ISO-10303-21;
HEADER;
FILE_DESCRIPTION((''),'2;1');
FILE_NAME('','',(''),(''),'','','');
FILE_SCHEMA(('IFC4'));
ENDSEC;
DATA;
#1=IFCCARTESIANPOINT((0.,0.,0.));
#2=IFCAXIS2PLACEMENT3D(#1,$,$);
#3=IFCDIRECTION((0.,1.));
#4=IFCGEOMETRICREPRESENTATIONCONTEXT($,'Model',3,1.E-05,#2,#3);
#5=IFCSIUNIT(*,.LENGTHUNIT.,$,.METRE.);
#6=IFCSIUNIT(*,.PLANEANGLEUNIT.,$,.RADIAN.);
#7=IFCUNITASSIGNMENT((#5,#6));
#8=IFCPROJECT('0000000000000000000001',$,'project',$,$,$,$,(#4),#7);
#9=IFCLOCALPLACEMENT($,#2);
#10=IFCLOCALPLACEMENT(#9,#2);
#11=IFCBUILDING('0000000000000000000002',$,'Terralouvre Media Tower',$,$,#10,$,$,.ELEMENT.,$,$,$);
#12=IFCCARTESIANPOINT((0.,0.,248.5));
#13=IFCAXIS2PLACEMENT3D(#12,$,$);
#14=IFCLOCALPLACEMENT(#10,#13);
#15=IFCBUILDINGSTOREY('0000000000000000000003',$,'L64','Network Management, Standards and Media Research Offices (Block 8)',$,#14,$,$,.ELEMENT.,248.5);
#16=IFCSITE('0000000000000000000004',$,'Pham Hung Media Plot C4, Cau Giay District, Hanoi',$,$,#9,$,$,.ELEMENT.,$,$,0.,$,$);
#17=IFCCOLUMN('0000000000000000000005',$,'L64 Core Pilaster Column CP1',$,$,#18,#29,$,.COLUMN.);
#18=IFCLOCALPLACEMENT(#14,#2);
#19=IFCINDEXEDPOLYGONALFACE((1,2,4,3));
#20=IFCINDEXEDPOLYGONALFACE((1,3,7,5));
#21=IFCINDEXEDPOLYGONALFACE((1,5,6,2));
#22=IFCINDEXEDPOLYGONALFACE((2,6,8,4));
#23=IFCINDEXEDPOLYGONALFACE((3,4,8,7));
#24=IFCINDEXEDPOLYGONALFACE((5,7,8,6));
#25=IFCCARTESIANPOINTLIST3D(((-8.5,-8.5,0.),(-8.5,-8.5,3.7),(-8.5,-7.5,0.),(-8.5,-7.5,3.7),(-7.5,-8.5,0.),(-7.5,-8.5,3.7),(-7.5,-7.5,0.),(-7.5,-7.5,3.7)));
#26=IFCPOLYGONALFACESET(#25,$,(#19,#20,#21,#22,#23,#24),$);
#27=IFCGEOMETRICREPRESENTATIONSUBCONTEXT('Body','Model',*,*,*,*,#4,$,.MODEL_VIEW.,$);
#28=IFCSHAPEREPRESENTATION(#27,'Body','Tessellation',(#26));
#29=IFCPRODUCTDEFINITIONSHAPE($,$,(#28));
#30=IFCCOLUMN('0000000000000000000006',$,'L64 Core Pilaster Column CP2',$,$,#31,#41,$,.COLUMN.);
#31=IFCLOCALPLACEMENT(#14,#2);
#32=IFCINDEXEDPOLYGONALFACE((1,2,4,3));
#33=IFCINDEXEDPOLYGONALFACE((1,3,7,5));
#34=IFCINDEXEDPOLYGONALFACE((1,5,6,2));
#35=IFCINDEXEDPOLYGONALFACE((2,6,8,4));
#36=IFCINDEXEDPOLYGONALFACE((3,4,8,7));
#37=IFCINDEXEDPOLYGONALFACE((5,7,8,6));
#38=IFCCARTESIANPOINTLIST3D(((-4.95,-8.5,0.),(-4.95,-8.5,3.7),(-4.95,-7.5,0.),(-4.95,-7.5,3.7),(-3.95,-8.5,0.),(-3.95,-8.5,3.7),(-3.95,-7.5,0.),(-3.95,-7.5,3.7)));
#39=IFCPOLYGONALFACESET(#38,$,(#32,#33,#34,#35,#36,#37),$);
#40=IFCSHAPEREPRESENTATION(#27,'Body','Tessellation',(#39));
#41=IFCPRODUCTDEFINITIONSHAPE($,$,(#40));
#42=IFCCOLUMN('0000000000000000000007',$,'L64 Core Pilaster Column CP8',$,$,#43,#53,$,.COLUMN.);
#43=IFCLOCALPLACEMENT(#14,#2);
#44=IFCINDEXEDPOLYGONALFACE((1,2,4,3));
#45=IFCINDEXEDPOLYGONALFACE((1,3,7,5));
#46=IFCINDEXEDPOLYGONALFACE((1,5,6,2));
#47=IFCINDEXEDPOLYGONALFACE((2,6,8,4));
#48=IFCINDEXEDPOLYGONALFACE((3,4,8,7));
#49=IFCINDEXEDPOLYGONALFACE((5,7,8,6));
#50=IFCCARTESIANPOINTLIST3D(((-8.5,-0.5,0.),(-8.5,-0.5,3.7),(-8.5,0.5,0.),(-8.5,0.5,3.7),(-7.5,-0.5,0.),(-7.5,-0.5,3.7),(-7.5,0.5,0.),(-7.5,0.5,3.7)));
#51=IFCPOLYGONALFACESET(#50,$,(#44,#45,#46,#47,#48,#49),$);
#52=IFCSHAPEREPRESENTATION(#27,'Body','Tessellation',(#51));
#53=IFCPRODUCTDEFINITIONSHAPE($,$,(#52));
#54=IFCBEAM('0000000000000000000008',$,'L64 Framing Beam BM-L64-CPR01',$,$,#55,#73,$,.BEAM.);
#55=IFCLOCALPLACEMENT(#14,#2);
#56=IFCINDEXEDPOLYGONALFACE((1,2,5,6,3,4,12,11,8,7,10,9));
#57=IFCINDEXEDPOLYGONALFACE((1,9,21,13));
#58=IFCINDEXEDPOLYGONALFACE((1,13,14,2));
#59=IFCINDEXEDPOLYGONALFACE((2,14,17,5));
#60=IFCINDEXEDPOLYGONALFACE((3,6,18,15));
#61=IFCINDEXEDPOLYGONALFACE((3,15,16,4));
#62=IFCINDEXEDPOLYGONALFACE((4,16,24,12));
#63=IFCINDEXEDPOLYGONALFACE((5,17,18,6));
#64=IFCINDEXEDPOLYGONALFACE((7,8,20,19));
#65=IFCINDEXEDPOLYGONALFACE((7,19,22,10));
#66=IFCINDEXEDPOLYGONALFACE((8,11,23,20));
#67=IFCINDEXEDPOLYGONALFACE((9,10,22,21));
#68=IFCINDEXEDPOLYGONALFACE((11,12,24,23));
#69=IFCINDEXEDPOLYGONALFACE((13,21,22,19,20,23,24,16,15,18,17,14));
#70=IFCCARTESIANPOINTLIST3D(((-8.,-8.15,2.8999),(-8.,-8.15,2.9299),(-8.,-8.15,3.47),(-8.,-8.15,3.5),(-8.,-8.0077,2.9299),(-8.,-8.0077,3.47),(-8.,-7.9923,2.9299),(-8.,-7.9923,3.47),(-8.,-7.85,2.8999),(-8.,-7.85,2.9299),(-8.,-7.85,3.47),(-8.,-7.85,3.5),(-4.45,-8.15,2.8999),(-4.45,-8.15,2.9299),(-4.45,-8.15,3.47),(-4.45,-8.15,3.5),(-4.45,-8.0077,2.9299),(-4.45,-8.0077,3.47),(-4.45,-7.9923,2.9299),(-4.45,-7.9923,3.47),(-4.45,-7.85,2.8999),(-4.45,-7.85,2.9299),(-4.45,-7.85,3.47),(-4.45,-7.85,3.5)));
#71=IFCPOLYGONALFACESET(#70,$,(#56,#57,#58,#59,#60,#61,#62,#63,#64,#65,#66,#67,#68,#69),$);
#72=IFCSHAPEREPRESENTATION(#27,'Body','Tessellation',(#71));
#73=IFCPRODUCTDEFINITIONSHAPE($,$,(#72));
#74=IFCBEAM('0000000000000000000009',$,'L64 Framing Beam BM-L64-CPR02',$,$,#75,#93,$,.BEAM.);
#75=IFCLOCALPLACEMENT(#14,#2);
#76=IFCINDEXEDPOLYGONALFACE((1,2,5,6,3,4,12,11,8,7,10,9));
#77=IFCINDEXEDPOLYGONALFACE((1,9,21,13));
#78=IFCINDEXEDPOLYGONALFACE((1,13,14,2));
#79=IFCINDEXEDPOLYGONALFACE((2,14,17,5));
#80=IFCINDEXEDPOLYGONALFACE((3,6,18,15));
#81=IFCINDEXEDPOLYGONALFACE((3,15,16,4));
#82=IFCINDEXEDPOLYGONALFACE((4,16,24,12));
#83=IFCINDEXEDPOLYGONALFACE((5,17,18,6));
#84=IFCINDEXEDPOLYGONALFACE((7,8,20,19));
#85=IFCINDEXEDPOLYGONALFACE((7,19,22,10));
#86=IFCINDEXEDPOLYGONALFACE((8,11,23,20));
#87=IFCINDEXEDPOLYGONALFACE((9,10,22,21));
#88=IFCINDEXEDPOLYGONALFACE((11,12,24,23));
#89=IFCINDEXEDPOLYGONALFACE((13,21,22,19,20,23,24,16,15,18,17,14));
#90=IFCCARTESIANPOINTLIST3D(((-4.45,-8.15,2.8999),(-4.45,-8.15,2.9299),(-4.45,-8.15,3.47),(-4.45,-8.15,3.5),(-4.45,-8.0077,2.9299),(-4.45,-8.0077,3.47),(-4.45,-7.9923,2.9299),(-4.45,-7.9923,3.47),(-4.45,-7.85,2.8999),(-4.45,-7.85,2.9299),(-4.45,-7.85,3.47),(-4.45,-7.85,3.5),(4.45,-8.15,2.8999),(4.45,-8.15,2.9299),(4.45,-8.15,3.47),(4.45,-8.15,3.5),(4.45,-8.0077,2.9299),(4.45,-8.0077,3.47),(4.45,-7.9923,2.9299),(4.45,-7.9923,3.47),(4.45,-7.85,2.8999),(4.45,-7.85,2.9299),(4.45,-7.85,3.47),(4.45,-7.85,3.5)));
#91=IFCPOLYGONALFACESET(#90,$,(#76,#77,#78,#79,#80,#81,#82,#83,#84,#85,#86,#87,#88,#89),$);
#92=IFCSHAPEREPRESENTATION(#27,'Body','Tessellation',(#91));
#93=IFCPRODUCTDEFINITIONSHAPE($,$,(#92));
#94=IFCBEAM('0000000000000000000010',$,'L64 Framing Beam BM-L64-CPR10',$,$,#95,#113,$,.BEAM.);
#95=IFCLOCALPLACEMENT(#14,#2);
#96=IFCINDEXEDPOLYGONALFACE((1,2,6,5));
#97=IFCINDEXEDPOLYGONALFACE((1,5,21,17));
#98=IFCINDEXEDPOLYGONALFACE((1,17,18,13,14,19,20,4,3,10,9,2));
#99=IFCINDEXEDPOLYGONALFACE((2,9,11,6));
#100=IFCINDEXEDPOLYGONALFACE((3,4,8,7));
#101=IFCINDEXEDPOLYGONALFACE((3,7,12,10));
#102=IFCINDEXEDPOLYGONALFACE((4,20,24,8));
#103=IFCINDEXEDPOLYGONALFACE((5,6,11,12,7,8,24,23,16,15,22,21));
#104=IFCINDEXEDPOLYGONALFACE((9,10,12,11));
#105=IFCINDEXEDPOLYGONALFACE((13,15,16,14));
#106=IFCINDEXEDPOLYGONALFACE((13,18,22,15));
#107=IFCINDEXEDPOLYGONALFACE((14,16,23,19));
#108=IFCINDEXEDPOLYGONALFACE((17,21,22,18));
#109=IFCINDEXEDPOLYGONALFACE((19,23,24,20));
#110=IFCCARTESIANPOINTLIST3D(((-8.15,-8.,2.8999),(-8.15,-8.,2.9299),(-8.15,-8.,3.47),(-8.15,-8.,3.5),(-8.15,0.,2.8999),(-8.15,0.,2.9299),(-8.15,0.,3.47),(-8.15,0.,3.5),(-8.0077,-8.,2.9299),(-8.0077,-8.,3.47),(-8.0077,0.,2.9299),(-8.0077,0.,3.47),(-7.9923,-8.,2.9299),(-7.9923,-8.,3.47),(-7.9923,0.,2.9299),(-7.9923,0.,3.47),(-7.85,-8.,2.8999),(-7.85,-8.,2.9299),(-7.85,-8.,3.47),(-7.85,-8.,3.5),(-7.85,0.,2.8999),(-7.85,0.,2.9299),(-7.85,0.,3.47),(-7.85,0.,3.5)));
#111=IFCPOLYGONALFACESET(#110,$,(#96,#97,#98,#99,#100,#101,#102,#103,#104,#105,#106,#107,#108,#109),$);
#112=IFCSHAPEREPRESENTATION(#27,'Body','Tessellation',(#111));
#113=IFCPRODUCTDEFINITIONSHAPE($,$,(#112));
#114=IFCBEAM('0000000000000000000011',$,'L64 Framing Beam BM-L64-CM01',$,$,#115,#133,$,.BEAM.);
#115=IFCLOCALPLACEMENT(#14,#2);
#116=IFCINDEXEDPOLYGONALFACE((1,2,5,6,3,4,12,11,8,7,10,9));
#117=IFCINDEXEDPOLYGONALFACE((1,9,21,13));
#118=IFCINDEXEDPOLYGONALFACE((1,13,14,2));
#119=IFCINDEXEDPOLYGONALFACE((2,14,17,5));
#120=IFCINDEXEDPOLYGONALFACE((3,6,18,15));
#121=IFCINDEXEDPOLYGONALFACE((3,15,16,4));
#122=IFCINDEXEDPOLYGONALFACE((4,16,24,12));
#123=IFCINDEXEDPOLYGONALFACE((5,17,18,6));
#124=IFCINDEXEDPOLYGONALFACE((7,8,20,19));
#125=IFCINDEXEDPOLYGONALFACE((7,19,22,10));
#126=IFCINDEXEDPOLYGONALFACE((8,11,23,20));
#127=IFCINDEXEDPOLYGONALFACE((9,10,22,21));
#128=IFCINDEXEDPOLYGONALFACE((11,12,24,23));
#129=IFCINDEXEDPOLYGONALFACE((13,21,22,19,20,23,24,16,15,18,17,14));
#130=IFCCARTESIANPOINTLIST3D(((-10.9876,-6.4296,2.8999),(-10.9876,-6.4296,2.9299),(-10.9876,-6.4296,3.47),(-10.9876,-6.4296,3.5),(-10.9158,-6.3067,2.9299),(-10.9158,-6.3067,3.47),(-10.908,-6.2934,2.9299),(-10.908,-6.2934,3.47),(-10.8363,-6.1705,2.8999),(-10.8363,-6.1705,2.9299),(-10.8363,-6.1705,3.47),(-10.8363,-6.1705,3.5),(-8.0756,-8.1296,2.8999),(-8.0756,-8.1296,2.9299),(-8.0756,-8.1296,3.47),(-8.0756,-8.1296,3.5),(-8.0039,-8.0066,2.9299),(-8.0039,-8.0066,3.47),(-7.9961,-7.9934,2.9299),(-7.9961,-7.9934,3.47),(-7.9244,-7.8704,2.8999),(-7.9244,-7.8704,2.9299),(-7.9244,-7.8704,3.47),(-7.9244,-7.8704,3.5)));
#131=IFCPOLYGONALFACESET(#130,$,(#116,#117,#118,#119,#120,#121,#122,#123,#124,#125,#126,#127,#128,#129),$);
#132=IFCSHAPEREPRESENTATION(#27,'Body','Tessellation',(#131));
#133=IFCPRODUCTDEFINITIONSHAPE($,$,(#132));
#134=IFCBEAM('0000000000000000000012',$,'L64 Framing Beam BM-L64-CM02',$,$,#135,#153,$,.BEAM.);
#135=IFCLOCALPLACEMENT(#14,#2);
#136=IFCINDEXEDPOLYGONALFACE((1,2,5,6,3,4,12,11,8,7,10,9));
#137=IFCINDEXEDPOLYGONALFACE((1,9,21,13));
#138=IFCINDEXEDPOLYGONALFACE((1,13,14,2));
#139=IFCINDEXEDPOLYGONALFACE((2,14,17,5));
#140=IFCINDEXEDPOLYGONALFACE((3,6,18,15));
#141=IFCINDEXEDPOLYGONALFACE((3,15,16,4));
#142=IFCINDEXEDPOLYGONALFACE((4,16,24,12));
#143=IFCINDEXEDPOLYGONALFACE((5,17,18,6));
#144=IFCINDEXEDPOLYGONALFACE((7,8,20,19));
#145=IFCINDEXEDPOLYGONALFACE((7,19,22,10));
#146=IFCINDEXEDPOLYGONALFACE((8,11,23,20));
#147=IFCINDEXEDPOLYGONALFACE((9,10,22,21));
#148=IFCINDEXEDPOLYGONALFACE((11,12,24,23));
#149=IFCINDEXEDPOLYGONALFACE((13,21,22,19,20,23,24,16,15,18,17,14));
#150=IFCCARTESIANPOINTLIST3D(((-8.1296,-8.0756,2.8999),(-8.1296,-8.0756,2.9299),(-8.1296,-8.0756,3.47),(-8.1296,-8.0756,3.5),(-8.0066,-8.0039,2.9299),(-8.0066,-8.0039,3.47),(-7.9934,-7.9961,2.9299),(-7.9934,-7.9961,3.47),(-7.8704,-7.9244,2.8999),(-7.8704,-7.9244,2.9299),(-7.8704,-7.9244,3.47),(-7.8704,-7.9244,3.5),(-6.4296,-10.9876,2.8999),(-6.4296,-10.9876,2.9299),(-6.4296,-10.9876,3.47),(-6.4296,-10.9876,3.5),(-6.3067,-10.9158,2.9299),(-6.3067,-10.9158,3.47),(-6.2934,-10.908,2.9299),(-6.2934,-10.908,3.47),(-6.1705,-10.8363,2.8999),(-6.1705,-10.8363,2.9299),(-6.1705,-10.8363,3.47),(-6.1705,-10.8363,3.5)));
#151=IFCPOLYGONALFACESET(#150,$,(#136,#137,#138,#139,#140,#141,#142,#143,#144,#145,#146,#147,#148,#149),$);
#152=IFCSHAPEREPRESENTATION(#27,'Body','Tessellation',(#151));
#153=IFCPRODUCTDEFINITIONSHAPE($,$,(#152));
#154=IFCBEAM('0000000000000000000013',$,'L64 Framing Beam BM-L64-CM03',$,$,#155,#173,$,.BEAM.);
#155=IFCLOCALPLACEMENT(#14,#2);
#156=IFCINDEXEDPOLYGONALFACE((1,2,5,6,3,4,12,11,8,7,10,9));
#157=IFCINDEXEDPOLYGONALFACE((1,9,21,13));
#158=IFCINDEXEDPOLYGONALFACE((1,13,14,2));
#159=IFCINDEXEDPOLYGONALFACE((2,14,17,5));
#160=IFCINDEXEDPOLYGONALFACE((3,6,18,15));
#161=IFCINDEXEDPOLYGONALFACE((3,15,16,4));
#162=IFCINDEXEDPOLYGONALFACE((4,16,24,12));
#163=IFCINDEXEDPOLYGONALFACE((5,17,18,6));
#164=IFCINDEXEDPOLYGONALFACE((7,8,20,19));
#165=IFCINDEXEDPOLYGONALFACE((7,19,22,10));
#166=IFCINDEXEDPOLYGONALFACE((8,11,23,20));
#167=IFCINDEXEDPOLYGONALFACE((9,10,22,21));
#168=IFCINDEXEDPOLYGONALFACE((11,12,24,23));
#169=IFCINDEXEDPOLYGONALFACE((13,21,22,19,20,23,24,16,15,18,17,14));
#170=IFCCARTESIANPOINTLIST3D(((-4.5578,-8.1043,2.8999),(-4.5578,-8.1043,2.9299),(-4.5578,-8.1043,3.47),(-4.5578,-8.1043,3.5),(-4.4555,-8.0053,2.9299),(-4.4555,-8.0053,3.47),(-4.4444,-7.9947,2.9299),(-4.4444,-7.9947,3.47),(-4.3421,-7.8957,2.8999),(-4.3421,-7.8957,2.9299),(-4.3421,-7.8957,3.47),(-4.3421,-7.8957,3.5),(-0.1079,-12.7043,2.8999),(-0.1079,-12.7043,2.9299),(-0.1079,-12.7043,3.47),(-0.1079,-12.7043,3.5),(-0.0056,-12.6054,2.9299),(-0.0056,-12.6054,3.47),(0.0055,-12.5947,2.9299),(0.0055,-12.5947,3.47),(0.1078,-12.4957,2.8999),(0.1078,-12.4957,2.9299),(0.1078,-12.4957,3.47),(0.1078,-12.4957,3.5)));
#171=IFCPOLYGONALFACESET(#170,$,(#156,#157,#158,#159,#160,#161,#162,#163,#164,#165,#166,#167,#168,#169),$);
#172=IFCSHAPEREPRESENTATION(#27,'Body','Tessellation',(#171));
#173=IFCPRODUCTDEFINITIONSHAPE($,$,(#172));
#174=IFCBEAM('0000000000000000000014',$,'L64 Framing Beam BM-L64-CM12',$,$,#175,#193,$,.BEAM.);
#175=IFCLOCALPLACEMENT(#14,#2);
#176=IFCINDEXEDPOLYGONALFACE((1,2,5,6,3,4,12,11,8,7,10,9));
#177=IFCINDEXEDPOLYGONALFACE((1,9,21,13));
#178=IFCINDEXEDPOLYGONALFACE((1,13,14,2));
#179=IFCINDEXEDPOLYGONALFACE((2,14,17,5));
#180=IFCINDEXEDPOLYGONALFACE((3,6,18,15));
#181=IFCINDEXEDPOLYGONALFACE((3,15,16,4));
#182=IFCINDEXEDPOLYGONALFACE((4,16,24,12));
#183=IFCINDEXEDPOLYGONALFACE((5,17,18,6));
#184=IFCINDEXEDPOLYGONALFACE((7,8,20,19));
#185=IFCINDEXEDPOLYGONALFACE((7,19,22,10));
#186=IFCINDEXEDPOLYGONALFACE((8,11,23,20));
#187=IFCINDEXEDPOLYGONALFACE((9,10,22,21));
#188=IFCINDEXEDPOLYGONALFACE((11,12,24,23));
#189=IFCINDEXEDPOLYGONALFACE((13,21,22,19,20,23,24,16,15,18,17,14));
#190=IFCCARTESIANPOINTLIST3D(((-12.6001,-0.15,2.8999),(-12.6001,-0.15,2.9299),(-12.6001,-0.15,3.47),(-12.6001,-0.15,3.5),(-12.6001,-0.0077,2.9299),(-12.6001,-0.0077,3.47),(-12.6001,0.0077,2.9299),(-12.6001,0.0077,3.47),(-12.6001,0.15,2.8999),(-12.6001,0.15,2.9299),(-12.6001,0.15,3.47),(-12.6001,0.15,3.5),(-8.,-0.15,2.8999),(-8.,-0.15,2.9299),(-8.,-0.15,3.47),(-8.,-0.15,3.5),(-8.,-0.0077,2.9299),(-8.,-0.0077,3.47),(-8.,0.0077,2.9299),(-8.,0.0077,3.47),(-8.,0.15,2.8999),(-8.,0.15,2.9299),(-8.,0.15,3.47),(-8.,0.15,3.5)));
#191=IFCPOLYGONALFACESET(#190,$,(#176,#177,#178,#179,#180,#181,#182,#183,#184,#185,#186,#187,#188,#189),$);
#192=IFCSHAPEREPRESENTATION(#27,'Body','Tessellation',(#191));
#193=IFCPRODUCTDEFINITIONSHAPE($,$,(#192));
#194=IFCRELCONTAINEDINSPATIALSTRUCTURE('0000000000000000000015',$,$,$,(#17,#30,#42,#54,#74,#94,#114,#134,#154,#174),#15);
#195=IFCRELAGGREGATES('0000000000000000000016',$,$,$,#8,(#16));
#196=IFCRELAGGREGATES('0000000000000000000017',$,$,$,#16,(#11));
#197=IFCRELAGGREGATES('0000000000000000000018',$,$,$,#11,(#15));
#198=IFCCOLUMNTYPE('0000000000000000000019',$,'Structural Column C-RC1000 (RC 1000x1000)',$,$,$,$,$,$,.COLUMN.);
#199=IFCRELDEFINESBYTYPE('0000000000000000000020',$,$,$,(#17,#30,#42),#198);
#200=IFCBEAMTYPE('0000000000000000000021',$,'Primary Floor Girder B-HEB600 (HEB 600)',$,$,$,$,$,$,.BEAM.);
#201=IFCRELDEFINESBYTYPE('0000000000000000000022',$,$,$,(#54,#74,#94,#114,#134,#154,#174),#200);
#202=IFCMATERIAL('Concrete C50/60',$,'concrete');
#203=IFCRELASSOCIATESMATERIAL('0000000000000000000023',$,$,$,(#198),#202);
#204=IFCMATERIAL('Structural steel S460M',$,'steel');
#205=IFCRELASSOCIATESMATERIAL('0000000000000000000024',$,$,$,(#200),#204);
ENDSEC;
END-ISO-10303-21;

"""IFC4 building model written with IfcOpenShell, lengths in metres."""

from ifc_helpers import new_model, si_unit, direction, frame, origin, origin_2d, place, context, subcontext, project, spatial, rectangle, i_section, extrude, material, material_profile, profile_set, type_object, element, save


model = new_model("IFC4")

# Units and contexts
model_context = context("Model", 3, precision=1e-05, world=origin(), true_north=direction((0.0, 1.0)))
body_context = subcontext(model_context, "Body", "Model", "MODEL_VIEW")
ifc_project = project(units=[si_unit("LENGTHUNIT", "METRE"), si_unit("PLANEANGLEUNIT", "RADIAN")], contexts=[model_context])

# Site, building, storey
site_placement = place(None, origin())
site = spatial("IfcSite", under=ifc_project, at=site_placement, Name="Pham Hung Media Plot C4, Cau Giay District, Hanoi", CompositionType="ELEMENT", RefElevation=0.0)
building_placement = place(site_placement, origin())
building = spatial("IfcBuilding", under=site, at=building_placement, Name="Terralouvre Media Tower", CompositionType="ELEMENT")
storey_placement = place(building_placement, frame((0.0, 0.0, 248.5)))
storey = spatial("IfcBuildingStorey", under=building, at=storey_placement, Name="L64", Description="Network Management, Standards and Media Research Offices (Block 8)", CompositionType="ELEMENT", Elevation=248.5)

# Columns
ifc_material_1 = material(Name="Concrete C50/60", Category="concrete")
ifc_material_profile_1 = material_profile(ifc_material_1, rectangle(XDim=1.0, YDim=1.0, at=origin_2d()), Name="RC 1000x1000")
ifc_profile_set_1 = profile_set([ifc_material_profile_1], Name="Concrete C50/60")
column_type = type_object("IfcColumnType", Name="Structural Column C-RC1000 (RC 1000x1000)", PredefinedType="COLUMN", material=ifc_profile_set_1)
for number, where, z_axis, x_axis, name in (
    (1, (-8.0, -8.0, 0.0), (0.0, 0.0, 1.0), (1.0, 0.0, 0.0), "L64 Core Pilaster Column CP1"),
    (2, (-4.45, -8.0, 0.0), (0.0, 0.0, 1.0), (1.0, 0.0, 0.0), "L64 Core Pilaster Column CP2"),
    (3, (-8.0, 0.0, 0.0), (0.0, 0.0, 1.0), (1.0, 0.0, 0.0), "L64 Core Pilaster Column CP8"),
):
    element("IfcColumn", number, at=place(storey_placement, frame(where, z_axis=z_axis, x_axis=x_axis)), inside=storey, type_object=column_type, Name=name, PredefinedType="COLUMN", context=body_context, shape_type="SweptSolid", body=[
        extrude(rectangle(XDim=1.0, YDim=1.0, at=origin_2d()), origin(), (0.0, 0.0, 1.0), 3.7),
    ])

# Beams
ifc_material_2 = material(Name="Structural steel S460M", Category="steel")
ifc_material_profile_2 = material_profile(ifc_material_2, i_section(OverallWidth=0.3, OverallDepth=0.6001, WebThickness=0.0154, FlangeThickness=0.03, at=origin_2d()), Name="HEB 600")
ifc_profile_set_2 = profile_set([ifc_material_profile_2], Name="Structural steel S460M")
beam_type = type_object("IfcBeamType", Name="Primary Floor Girder B-HEB600 (HEB 600)", PredefinedType="BEAM", material=ifc_profile_set_2)
beam_1_placement = place(storey_placement, frame((-8.0, -8.0, 3.2), z_axis=(1.0, 0.0, 0.0), x_axis=(0.0, 1.0, 0.0)))
element("IfcBeam", 4, at=beam_1_placement, inside=storey, type_object=beam_type, Name="L64 Framing Beam BM-L64-CPR01", PredefinedType="BEAM", context=body_context, shape_type="SweptSolid", body=[
    extrude(i_section(OverallWidth=0.3, OverallDepth=0.6001, WebThickness=0.0154, FlangeThickness=0.03, at=origin_2d()), origin(), (0.0, 0.0, 1.0), 3.55),
])
beam_2_placement = place(storey_placement, frame((-4.45, -8.0, 3.2), z_axis=(1.0, 0.0, 0.0), x_axis=(0.0, 1.0, 0.0)))
element("IfcBeam", 5, at=beam_2_placement, inside=storey, type_object=beam_type, Name="L64 Framing Beam BM-L64-CPR02", PredefinedType="BEAM", context=body_context, shape_type="SweptSolid", body=[
    extrude(i_section(OverallWidth=0.3, OverallDepth=0.6001, WebThickness=0.0154, FlangeThickness=0.03, at=origin_2d()), origin(), (0.0, 0.0, 1.0), 8.8999),
])
beam_3_placement = place(storey_placement, frame((-8.0, 0.0, 3.2), z_axis=(0.0, -1.0, 0.0), x_axis=(1.0, 0.0, 0.0)))
element("IfcBeam", 6, at=beam_3_placement, inside=storey, type_object=beam_type, Name="L64 Framing Beam BM-L64-CPR10", PredefinedType="BEAM", context=body_context, shape_type="SweptSolid", body=[
    extrude(i_section(OverallWidth=0.3, OverallDepth=0.6001, WebThickness=0.0154, FlangeThickness=0.03, at=origin_2d()), origin(), (0.0, 0.0, 1.0), 8.0),
])
for number, where, z_axis, x_axis, name in (
    (7, (-8.0, -8.0, 3.2), (-0.863603, 0.504173, 0.0), (-0.504173, -0.863603, 0.0), "L64 Framing Beam BM-L64-CM01"),
    (8, (-8.0, -8.0, 3.2), (0.504173, -0.863603, 0.0), (0.863603, 0.504173, 0.0), "L64 Framing Beam BM-L64-CM02"),
):
    element("IfcBeam", number, at=place(storey_placement, frame(where, z_axis=z_axis, x_axis=x_axis)), inside=storey, type_object=beam_type, Name=name, PredefinedType="BEAM", context=body_context, shape_type="SweptSolid", body=[
        extrude(i_section(OverallWidth=0.3, OverallDepth=0.6001, WebThickness=0.0154, FlangeThickness=0.03, at=origin_2d()), origin(), (0.0, 0.0, 1.0), 3.3718),
    ])
beam_4_placement = place(storey_placement, frame((-4.45, -8.0, 3.2), z_axis=(0.69528, -0.718739, 0.0), x_axis=(0.718739, 0.69528, 0.0)))
element("IfcBeam", 9, at=beam_4_placement, inside=storey, type_object=beam_type, Name="L64 Framing Beam BM-L64-CM03", PredefinedType="BEAM", context=body_context, shape_type="SweptSolid", body=[
    extrude(i_section(OverallWidth=0.3, OverallDepth=0.6001, WebThickness=0.0154, FlangeThickness=0.03, at=origin_2d()), origin(), (0.0, 0.0, 1.0), 6.4001),
])
beam_5_placement = place(storey_placement, frame((-8.0, 0.0, 3.2), z_axis=(-1.0, 0.0, 0.0), x_axis=(0.0, -1.0, 0.0)))
element("IfcBeam", 10, at=beam_5_placement, inside=storey, type_object=beam_type, Name="L64 Framing Beam BM-L64-CM12", PredefinedType="BEAM", context=body_context, shape_type="SweptSolid", body=[
    extrude(i_section(OverallWidth=0.3, OverallDepth=0.6001, WebThickness=0.0154, FlangeThickness=0.03, at=origin_2d()), origin(), (0.0, 0.0, 1.0), 4.6001),
])

save(model, "model.ifc")
